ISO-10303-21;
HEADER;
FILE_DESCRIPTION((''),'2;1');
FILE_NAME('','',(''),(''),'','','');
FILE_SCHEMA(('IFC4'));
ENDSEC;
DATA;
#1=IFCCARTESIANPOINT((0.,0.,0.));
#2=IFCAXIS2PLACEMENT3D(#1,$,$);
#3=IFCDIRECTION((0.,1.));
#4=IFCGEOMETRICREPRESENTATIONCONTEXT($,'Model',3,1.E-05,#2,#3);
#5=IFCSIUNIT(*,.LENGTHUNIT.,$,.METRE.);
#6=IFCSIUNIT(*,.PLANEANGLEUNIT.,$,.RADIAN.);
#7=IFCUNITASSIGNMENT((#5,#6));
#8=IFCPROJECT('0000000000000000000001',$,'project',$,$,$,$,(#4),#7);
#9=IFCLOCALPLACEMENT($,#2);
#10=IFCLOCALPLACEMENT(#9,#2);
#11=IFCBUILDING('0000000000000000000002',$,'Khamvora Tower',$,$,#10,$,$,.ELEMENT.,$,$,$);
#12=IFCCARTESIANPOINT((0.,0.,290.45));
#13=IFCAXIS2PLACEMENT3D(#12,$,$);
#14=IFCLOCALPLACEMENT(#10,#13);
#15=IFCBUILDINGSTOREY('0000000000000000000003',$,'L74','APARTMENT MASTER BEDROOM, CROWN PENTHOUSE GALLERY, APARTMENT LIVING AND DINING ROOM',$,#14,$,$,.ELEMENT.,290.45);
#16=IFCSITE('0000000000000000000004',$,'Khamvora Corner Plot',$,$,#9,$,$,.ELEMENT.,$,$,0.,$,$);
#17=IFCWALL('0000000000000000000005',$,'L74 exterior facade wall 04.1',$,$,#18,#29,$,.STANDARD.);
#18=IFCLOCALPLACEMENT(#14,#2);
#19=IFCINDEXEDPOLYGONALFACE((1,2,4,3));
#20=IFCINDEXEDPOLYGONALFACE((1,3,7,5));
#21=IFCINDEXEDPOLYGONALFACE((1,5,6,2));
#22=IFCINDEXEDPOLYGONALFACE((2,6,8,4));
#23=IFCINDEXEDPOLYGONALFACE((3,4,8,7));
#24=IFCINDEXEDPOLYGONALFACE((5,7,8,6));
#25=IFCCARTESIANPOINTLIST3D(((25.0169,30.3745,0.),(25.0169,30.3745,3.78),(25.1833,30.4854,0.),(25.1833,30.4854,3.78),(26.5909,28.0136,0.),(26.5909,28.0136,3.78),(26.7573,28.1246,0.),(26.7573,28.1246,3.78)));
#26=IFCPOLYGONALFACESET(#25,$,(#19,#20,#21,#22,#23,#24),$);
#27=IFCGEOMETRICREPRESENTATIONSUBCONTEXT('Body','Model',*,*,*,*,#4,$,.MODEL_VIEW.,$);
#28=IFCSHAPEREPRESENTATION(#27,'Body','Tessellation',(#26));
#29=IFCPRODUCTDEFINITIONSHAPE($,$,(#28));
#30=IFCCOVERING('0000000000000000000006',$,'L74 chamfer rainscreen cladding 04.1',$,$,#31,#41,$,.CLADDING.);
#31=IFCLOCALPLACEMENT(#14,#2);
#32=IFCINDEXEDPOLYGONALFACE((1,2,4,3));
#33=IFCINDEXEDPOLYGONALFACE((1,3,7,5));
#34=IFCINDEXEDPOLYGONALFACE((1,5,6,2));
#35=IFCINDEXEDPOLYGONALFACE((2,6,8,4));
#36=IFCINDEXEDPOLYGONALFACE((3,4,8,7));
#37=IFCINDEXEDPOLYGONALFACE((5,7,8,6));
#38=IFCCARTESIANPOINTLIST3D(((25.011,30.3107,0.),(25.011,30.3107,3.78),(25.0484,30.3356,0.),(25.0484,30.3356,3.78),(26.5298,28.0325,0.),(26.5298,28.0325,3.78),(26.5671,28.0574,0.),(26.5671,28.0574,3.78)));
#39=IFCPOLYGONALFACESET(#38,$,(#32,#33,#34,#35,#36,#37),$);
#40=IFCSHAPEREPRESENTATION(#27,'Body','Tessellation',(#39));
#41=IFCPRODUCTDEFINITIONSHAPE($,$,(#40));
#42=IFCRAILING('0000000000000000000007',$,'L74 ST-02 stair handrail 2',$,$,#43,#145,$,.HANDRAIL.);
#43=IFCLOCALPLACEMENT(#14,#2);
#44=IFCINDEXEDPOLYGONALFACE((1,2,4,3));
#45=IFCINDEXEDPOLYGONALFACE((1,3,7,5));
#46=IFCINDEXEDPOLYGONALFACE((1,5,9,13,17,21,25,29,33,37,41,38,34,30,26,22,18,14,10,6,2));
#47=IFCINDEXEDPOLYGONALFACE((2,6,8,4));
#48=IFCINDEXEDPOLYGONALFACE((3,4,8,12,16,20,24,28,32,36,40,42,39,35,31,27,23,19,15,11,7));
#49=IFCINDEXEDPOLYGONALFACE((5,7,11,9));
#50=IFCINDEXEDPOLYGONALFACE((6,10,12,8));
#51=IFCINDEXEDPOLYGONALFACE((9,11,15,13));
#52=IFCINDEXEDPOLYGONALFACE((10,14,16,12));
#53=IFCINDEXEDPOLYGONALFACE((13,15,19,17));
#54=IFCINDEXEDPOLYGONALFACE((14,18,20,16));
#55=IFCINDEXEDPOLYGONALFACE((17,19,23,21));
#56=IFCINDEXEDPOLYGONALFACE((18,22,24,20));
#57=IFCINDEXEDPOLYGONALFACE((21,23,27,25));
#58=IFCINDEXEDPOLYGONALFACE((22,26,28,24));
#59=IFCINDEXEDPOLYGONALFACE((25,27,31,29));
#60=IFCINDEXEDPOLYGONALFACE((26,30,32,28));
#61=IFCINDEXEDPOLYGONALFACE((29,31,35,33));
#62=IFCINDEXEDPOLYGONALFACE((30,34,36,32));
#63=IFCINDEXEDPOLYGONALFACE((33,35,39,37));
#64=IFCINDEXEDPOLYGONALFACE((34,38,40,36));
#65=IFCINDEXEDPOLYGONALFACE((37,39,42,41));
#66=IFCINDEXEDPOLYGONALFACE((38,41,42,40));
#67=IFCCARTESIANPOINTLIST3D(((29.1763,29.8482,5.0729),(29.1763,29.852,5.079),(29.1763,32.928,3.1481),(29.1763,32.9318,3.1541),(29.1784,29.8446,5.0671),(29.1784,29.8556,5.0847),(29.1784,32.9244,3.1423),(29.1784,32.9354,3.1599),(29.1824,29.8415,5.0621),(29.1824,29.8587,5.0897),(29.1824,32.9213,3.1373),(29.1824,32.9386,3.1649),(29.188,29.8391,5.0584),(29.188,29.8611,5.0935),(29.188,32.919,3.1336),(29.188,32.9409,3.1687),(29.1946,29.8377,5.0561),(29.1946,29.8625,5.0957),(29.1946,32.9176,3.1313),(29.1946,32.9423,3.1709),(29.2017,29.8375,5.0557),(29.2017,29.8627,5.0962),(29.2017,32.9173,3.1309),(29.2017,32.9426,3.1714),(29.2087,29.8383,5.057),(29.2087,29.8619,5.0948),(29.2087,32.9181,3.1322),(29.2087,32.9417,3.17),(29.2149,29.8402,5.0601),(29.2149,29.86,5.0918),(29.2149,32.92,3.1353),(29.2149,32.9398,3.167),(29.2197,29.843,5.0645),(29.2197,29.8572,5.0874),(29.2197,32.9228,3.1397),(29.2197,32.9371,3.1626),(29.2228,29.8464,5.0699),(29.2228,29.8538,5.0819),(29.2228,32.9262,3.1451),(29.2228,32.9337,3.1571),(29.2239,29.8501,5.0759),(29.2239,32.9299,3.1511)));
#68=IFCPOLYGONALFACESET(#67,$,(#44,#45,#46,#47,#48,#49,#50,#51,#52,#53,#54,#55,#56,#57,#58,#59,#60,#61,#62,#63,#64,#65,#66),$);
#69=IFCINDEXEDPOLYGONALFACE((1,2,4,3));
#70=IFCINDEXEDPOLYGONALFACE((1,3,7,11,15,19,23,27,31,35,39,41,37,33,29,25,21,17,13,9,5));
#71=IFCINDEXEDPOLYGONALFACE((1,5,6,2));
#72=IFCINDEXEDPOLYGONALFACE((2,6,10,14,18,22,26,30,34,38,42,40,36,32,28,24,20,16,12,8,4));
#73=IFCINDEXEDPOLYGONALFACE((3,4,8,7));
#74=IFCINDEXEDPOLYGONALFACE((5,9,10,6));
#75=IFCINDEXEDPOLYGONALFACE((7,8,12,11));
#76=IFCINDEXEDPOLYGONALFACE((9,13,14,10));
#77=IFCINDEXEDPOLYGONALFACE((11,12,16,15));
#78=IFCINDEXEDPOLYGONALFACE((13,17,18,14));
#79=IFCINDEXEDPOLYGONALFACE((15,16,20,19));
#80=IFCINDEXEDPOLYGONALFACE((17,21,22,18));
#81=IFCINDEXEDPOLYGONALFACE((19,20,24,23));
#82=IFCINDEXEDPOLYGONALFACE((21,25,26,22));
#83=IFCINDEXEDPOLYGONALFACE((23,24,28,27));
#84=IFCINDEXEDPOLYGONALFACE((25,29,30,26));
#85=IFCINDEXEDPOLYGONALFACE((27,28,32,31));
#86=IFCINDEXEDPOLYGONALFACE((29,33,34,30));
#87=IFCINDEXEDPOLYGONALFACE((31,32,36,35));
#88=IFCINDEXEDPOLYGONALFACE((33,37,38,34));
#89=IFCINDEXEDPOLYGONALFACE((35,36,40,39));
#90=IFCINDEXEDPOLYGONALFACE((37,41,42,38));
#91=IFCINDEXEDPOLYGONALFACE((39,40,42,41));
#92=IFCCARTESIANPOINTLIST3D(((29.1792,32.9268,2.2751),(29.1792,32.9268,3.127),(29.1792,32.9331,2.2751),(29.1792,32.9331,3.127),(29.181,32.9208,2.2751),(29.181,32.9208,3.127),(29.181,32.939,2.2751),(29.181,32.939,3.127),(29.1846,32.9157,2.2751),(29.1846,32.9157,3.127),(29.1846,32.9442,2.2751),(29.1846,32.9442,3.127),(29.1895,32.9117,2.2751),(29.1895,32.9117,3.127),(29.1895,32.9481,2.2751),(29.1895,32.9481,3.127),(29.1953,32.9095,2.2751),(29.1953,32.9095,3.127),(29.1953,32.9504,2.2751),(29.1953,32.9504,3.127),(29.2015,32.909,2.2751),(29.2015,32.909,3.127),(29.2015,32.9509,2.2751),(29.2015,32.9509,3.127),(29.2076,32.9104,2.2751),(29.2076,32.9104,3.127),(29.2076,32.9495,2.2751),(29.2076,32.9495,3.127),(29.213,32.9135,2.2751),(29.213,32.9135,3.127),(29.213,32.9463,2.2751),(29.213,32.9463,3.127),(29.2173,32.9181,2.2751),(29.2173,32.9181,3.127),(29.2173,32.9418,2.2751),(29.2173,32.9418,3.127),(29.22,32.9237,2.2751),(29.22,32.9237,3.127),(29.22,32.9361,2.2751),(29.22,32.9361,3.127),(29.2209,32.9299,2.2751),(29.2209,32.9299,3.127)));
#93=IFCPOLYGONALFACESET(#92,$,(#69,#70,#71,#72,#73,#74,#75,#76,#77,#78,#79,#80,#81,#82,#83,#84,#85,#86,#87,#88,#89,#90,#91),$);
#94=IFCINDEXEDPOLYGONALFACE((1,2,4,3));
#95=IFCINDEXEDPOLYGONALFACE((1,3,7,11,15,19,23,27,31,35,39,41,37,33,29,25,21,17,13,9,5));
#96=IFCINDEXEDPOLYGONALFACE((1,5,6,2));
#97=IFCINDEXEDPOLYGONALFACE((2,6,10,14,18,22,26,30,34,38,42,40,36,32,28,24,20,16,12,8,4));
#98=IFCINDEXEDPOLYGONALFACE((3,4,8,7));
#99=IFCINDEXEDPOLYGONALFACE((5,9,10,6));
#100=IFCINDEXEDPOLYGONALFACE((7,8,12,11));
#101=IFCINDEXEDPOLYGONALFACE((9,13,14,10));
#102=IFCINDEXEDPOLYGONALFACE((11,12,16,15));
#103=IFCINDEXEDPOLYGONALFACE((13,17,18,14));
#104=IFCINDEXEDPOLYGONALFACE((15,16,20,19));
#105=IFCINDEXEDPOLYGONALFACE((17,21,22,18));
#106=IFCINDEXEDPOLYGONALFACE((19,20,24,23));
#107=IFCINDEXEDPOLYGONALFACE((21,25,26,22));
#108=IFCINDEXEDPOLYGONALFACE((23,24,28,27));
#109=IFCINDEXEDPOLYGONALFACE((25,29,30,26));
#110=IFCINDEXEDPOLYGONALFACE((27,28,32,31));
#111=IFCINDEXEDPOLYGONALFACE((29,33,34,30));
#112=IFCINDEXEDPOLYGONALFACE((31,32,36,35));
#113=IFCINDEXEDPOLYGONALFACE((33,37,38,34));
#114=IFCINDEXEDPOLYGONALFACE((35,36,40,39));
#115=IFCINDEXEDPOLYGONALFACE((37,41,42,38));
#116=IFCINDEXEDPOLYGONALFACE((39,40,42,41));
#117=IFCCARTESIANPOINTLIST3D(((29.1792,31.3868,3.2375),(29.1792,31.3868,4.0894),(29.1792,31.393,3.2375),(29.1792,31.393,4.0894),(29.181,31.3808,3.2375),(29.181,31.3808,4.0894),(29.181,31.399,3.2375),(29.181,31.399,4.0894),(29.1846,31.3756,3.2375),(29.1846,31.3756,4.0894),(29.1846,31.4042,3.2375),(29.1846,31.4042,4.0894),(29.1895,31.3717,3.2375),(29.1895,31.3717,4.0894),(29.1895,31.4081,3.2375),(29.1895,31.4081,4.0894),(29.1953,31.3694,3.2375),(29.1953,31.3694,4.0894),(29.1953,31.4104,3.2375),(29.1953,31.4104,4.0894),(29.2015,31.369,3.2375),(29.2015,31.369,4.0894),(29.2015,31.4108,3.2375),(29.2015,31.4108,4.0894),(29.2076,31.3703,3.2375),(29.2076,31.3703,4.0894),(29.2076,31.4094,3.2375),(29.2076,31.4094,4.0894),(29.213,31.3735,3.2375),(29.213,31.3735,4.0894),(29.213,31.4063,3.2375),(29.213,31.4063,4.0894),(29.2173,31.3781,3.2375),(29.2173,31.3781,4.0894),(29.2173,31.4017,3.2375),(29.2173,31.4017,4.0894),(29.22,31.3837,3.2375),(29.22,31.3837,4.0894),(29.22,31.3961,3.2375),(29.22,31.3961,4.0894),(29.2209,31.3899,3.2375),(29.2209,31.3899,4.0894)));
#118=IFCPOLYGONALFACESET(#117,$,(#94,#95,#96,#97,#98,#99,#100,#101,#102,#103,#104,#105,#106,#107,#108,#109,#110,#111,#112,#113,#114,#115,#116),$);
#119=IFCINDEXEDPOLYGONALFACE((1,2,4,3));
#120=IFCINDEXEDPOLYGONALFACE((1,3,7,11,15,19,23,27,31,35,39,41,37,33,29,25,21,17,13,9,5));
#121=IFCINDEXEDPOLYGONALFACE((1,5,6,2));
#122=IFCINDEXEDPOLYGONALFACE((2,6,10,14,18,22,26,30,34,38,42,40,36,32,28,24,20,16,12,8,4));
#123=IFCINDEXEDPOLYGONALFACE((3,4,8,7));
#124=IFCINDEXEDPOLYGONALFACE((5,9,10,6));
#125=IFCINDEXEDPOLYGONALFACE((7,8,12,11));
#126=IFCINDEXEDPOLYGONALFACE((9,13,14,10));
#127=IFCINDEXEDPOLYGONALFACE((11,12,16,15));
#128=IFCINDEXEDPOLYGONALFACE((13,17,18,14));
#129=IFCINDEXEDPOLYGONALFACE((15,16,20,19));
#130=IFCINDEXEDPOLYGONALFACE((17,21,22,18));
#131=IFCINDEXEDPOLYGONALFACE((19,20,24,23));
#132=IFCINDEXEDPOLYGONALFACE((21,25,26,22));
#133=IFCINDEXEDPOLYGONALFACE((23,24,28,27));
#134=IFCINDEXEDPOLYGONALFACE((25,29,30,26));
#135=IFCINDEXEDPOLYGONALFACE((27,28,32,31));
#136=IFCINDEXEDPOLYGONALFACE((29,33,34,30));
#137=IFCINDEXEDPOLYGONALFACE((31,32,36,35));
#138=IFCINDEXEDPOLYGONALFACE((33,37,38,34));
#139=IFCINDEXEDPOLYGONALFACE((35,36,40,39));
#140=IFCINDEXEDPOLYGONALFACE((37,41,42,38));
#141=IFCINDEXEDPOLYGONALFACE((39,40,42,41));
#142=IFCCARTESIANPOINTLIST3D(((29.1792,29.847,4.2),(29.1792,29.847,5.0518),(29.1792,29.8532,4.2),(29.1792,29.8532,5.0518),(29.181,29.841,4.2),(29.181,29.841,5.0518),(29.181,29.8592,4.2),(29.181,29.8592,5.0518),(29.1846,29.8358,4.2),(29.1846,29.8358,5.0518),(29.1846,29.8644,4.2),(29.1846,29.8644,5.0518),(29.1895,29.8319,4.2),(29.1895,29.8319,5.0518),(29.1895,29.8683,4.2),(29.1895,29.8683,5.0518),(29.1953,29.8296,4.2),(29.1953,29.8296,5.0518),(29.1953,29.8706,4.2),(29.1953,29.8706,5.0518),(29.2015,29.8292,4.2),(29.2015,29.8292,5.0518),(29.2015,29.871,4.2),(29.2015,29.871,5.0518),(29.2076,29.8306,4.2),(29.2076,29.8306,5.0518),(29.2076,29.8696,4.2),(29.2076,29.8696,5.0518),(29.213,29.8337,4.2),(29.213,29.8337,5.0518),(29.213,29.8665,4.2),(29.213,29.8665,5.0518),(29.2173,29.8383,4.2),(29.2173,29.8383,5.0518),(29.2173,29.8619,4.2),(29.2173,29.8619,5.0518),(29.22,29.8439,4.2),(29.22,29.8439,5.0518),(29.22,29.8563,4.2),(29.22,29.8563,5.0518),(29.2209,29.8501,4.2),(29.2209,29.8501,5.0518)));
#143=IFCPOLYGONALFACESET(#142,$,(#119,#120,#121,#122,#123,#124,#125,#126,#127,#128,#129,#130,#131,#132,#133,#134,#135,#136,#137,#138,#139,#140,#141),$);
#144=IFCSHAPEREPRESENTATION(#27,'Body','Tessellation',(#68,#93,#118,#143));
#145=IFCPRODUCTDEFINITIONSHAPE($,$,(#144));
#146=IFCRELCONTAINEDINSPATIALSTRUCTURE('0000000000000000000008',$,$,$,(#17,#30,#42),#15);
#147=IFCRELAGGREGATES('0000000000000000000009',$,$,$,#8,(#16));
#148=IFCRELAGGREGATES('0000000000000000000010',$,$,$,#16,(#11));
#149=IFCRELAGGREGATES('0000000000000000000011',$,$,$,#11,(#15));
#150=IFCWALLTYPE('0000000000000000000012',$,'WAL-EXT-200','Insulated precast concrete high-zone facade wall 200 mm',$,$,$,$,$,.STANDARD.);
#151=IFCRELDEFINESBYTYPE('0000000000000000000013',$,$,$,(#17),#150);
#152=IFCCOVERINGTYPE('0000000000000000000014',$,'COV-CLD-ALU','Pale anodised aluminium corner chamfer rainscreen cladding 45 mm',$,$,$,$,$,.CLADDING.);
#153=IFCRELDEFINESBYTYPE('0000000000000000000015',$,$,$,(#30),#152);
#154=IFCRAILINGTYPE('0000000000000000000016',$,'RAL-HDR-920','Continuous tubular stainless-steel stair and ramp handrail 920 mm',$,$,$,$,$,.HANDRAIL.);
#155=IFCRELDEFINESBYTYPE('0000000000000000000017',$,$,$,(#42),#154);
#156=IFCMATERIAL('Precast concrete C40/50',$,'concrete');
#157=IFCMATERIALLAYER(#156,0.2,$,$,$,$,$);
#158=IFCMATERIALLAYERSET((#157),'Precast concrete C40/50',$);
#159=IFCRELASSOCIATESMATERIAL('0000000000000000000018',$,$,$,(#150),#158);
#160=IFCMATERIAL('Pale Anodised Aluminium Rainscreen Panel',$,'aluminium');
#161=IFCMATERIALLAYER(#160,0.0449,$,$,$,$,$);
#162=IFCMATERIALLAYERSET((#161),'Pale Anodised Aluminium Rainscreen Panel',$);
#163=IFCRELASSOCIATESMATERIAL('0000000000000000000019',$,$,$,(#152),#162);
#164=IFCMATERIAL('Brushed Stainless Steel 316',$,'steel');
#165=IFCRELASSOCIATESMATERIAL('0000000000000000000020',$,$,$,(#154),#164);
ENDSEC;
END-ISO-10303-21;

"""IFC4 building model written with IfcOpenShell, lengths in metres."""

from ifc_helpers import new_model, si_unit, direction, frame, frame_2d, origin, origin_2d, place, context, subcontext, project, spatial, rectangle, circle, extrude, material, layer, layer_set, type_object, element, save


model = new_model("IFC4")

# Units and contexts
model_context = context("Model", 3, precision=1e-05, world=origin(), true_north=direction((0.0, 1.0)))
body_context = subcontext(model_context, "Body", "Model", "MODEL_VIEW")
ifc_project = project(units=[si_unit("LENGTHUNIT", "METRE"), si_unit("PLANEANGLEUNIT", "RADIAN")], contexts=[model_context])

# Site, building, storey
site_placement = place(None, origin())
site = spatial("IfcSite", under=ifc_project, at=site_placement, Name="Khamvora Corner Plot", CompositionType="ELEMENT", RefElevation=0.0)
building_placement = place(site_placement, origin())
building = spatial("IfcBuilding", under=site, at=building_placement, Name="Khamvora Tower", CompositionType="ELEMENT")
storey_placement = place(building_placement, frame((0.0, 0.0, 290.45)))
storey = spatial("IfcBuildingStorey", under=building, at=storey_placement, Name="L74", Description="APARTMENT MASTER BEDROOM, CROWN PENTHOUSE GALLERY, APARTMENT LIVING AND DINING ROOM", CompositionType="ELEMENT", Elevation=290.45)

# Wall
ifc_material_1 = material(Name="Precast concrete C40/50", Category="concrete")
ifc_layer_1 = layer(ifc_material_1, 0.2)
ifc_layer_set_1 = layer_set([ifc_layer_1], Name="Precast concrete C40/50")
wall_type_1 = type_object("IfcWallType", Name="WAL-EXT-200", Description="Insulated precast concrete high-zone facade wall 200 mm", PredefinedType="STANDARD", material=ifc_layer_set_1)
wall_1_placement = place(storey_placement, frame((26.6741, 28.0691, 0.0), z_axis=(0.0, 0.0, 1.0), x_axis=(-0.55472, 0.832037, 0.0)))
element("IfcWall", 1, at=wall_1_placement, inside=storey, type_object=wall_type_1, Name="L74 exterior facade wall 04.1", PredefinedType="STANDARD", context=body_context, shape_type="SweptSolid", body=[
    extrude(rectangle(XDim=2.8374, YDim=0.2, at=frame_2d((1.4187, 0.0))), origin(), (0.0, 0.0, 1.0), 3.78),
])

# Covering
ifc_material_2 = material(Name="Pale Anodised Aluminium Rainscreen Panel", Category="aluminium")
ifc_layer_2 = layer(ifc_material_2, 0.0449)
ifc_layer_set_2 = layer_set([ifc_layer_2], Name="Pale Anodised Aluminium Rainscreen Panel")
covering_type = type_object("IfcCoveringType", Name="COV-CLD-ALU", Description="Pale anodised aluminium corner chamfer rainscreen cladding 45 mm", PredefinedType="CLADDING", material=ifc_layer_set_2)
covering_placement = place(storey_placement, frame((25.7891, 29.1841, 0.0), z_axis=(0.0, 0.0, 1.0), x_axis=(-0.5547, 0.83205, 0.0)))
element("IfcCovering", 2, at=covering_placement, inside=storey, type_object=covering_type, Name="L74 chamfer rainscreen cladding 04.1", PredefinedType="CLADDING", context=body_context, shape_type="SweptSolid", body=[
    extrude(rectangle(XDim=2.738, YDim=0.0449, at=origin_2d()), origin(), (0.0, 0.0, 1.0), 3.78),
])

# Railing
ifc_material_3 = material(Name="Brushed Stainless Steel 316", Category="steel")
railing_type = type_object("IfcRailingType", Name="RAL-HDR-920", Description="Continuous tubular stainless-steel stair and ramp handrail 920 mm", PredefinedType="HANDRAIL", material=ifc_material_3)
railing_placement = place(storey_placement, frame((29.2, 32.9299, 2.2751)))
element("IfcRailing", 3, at=railing_placement, inside=storey, type_object=railing_type, Name="L74 ST-02 stair handrail 2", PredefinedType="HANDRAIL", context=body_context, shape_type="SweptSolid", body=[
    extrude(circle(Radius=0.0239, at=origin_2d()), frame((0.0, 0.0, 0.876), z_axis=(0.0, -0.84801, 0.529981), x_axis=(1.0, 0.0, 0.0)), (0.0, 0.0, 1.0), 3.6318),
    extrude(circle(Radius=0.021, at=origin_2d()), origin(), (0.0, 0.0, 1.0), 0.8518),
    extrude(circle(Radius=0.021, at=origin_2d()), frame((0.0, -1.54, 0.9624)), (0.0, 0.0, 1.0), 0.8518),
    extrude(circle(Radius=0.021, at=origin_2d()), frame((0.0, -3.0798, 1.9248)), (0.0, 0.0, 1.0), 0.8518),
])

save(model, "model.ifc")
